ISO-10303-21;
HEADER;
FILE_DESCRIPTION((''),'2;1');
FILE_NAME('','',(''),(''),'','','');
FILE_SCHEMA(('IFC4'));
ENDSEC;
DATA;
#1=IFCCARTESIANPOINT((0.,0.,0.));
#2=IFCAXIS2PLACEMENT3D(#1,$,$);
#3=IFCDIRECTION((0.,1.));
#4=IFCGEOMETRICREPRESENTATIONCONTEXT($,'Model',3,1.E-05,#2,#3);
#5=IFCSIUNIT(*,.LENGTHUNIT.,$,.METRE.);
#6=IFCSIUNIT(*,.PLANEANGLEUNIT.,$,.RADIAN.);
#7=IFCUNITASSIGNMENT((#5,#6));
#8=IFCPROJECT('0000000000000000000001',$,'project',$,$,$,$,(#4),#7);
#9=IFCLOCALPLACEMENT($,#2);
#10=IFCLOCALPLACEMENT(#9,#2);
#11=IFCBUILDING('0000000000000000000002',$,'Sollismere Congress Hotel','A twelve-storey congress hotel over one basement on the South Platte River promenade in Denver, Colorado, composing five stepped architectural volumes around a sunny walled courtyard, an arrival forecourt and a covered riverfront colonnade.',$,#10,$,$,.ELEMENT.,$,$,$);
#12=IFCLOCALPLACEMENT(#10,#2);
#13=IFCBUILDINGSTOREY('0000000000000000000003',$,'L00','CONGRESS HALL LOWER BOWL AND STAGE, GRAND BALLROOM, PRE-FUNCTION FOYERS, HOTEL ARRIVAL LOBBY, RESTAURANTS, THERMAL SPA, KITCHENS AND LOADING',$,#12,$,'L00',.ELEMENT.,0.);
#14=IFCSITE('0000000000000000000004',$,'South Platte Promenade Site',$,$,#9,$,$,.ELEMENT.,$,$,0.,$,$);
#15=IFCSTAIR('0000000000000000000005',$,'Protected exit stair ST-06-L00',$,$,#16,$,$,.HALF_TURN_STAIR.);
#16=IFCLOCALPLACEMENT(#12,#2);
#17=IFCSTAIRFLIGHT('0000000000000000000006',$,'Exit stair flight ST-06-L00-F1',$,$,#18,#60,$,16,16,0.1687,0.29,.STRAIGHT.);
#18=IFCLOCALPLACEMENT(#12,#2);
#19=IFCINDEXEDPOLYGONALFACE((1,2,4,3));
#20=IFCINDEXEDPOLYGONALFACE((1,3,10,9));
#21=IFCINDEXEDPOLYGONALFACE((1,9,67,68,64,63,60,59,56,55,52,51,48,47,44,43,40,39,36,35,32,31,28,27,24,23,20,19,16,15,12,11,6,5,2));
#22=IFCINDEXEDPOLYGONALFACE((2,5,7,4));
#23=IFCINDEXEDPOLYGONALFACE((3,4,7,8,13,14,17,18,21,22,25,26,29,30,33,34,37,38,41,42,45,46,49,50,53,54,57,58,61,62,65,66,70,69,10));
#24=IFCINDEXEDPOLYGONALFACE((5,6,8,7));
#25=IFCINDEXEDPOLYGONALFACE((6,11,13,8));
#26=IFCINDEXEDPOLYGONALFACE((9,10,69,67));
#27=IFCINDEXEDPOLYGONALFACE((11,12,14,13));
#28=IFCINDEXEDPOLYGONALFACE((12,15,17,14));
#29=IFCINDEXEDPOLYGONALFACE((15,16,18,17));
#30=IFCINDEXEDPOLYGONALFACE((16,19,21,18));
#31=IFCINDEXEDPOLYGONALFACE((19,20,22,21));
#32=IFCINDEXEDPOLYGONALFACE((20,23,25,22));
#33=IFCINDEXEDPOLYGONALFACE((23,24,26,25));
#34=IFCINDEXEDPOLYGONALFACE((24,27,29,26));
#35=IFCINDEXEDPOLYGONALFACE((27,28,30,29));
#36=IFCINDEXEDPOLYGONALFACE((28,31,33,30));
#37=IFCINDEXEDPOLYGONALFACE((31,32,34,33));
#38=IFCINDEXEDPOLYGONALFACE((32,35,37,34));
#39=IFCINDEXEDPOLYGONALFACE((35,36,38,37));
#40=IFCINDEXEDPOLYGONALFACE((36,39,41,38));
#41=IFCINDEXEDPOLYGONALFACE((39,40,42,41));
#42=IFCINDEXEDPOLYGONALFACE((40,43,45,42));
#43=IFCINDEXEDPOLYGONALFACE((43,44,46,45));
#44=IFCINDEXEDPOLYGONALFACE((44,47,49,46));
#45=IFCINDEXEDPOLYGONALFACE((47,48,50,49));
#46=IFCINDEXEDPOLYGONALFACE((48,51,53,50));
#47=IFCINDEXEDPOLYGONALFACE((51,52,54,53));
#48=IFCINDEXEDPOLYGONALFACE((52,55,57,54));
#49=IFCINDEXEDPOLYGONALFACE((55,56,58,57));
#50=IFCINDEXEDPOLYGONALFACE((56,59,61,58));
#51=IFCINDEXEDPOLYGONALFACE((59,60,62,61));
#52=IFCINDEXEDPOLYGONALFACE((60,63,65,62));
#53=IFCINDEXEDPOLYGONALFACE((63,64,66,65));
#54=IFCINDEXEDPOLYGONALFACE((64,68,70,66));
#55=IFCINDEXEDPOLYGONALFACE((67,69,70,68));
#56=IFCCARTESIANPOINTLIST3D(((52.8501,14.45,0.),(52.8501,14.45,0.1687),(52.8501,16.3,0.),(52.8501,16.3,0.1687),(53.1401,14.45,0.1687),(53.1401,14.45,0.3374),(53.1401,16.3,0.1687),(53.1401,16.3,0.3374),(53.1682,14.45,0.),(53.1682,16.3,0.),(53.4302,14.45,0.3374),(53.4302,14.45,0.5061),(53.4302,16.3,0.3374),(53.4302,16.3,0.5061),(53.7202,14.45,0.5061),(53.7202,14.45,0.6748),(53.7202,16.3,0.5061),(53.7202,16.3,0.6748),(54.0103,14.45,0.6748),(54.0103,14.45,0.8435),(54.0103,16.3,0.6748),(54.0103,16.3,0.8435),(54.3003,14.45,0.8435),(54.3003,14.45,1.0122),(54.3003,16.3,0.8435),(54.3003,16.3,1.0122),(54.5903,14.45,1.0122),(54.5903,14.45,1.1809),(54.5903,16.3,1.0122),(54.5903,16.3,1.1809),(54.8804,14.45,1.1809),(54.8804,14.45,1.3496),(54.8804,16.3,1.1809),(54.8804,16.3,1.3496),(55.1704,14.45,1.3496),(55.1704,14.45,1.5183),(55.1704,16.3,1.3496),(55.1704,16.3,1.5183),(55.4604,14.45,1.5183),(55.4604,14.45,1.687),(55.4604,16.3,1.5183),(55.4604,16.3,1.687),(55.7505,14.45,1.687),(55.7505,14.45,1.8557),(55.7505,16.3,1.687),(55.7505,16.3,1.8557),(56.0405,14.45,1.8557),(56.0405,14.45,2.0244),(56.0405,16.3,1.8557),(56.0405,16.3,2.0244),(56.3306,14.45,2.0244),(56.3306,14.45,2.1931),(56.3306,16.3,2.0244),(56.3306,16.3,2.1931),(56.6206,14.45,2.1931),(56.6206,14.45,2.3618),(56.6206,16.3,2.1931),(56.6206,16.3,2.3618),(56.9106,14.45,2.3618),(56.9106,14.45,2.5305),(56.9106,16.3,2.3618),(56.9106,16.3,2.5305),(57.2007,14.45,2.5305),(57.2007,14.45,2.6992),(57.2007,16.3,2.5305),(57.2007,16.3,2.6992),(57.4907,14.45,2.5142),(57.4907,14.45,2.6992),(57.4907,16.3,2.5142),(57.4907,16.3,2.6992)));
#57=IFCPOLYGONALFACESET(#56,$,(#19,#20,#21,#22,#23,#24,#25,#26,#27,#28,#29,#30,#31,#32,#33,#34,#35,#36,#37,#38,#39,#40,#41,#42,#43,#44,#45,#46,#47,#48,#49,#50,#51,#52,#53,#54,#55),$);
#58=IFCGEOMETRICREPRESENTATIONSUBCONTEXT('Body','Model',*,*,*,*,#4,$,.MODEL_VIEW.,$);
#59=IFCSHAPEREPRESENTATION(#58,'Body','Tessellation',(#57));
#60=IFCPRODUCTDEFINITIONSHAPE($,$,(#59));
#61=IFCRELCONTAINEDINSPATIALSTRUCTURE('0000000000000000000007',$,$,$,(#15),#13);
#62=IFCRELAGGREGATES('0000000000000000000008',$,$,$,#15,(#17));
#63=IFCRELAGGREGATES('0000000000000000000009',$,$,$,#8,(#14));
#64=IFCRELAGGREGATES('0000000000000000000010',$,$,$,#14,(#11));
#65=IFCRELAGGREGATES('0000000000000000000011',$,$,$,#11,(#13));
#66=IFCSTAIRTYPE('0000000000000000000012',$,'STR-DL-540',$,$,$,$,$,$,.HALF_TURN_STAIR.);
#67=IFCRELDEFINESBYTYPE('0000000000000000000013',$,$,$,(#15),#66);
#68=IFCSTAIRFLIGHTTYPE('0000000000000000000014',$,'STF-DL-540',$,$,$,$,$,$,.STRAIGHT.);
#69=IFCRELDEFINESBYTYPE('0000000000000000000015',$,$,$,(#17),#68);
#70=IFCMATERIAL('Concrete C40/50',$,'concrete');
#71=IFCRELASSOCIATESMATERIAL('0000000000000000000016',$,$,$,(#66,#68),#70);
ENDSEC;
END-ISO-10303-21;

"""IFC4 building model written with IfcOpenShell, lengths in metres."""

from ifc_helpers import new_model, si_unit, direction, frame, origin, place, context, subcontext, project, spatial, polyline, outline, extrude, material, type_object, element, aggregate, save


model = new_model("IFC4")

# Units and contexts
model_context = context("Model", 3, precision=1e-05, world=origin(), true_north=direction((0.0, 1.0)))
body_context = subcontext(model_context, "Body", "Model", "MODEL_VIEW")
ifc_project = project(units=[si_unit("LENGTHUNIT", "METRE"), si_unit("PLANEANGLEUNIT", "RADIAN")], contexts=[model_context])

# Site, building, storey
site_placement = place(None, origin())
site = spatial("IfcSite", under=ifc_project, at=site_placement, Name="South Platte Promenade Site", CompositionType="ELEMENT", RefElevation=0.0)
building_placement = place(site_placement, origin())
building = spatial("IfcBuilding", under=site, at=building_placement, Name="Sollismere Congress Hotel", Description="A twelve-storey congress hotel over one basement on the South Platte River promenade in Denver, Colorado, composing five stepped architectural volumes around a sunny walled courtyard, an arrival forecourt and a covered riverfront colonnade.", CompositionType="ELEMENT")
storey_placement = place(building_placement, origin())
storey = spatial("IfcBuildingStorey", under=building, at=storey_placement, Name="L00", Description="CONGRESS HALL LOWER BOWL AND STAGE, GRAND BALLROOM, PRE-FUNCTION FOYERS, HOTEL ARRIVAL LOBBY, RESTAURANTS, THERMAL SPA, KITCHENS AND LOADING", LongName="L00", CompositionType="ELEMENT", Elevation=0.0)

# Stair, stair flight
ifc_material_1 = material(Name="Concrete C40/50", Category="concrete")
stair_type = type_object("IfcStairType", Name="STR-DL-540", PredefinedType="HALF_TURN_STAIR", material=ifc_material_1)
stair_placement = place(storey_placement, origin())
stair = element("IfcStair", 1, at=stair_placement, inside=storey, type_object=stair_type, Name="Protected exit stair ST-06-L00", PredefinedType="HALF_TURN_STAIR")
stair_flight_type = type_object("IfcStairFlightType", Name="STF-DL-540", PredefinedType="STRAIGHT", material=ifc_material_1)
stair_flight_placement = place(storey_placement, frame((52.8501, 15.375, 0.0), z_axis=(0.0, 0.0, 1.0), x_axis=(1.0, 0.0, 0.0)))
stair_flight = element("IfcStairFlight", 2, at=stair_flight_placement, type_object=stair_flight_type, Name="Exit stair flight ST-06-L00-F1", NumberOfRisers=16, NumberOfTreads=16, PredefinedType="STRAIGHT", RiserHeight=0.1687, TreadLength=0.29, context=body_context, shape_type="SweptSolid", body=[
    extrude(outline(polyline([(0.0, 0.0), (0.0, 0.1687), (0.29, 0.1687), (0.29, 0.3374), (0.5801, 0.3374), (0.5801, 0.5061), (0.8701, 0.5061), (0.8701, 0.6748), (1.1602, 0.6748), (1.1602, 0.8435), (1.4502, 0.8435), (1.4502, 1.0122), (1.7402, 1.0122), (1.7402, 1.1809), (2.0303, 1.1809), (2.0303, 1.3496), (2.3203, 1.3496), (2.3203, 1.5183), (2.6104, 1.5183), (2.6104, 1.687), (2.9004, 1.687), (2.9004, 1.8557), (3.1904, 1.8557), (3.1904, 2.0244), (3.4805, 2.0244), (3.4805, 2.1931), (3.7705, 2.1931), (3.7705, 2.3618), (4.0605, 2.3618), (4.0605, 2.5305), (4.3506, 2.5305), (4.3506, 2.6992), (4.6406, 2.6992), (4.6406, 2.5142), (0.3181, 0.0), (0.0, 0.0)])), frame((0.0, 0.925, 0.0), z_axis=(0.0, -1.0, 0.0), x_axis=(1.0, 0.0, 0.0)), (0.0, 0.0, 1.0), 1.8501),
])
aggregate(stair, [stair_flight])

save(model, "model.ifc")
